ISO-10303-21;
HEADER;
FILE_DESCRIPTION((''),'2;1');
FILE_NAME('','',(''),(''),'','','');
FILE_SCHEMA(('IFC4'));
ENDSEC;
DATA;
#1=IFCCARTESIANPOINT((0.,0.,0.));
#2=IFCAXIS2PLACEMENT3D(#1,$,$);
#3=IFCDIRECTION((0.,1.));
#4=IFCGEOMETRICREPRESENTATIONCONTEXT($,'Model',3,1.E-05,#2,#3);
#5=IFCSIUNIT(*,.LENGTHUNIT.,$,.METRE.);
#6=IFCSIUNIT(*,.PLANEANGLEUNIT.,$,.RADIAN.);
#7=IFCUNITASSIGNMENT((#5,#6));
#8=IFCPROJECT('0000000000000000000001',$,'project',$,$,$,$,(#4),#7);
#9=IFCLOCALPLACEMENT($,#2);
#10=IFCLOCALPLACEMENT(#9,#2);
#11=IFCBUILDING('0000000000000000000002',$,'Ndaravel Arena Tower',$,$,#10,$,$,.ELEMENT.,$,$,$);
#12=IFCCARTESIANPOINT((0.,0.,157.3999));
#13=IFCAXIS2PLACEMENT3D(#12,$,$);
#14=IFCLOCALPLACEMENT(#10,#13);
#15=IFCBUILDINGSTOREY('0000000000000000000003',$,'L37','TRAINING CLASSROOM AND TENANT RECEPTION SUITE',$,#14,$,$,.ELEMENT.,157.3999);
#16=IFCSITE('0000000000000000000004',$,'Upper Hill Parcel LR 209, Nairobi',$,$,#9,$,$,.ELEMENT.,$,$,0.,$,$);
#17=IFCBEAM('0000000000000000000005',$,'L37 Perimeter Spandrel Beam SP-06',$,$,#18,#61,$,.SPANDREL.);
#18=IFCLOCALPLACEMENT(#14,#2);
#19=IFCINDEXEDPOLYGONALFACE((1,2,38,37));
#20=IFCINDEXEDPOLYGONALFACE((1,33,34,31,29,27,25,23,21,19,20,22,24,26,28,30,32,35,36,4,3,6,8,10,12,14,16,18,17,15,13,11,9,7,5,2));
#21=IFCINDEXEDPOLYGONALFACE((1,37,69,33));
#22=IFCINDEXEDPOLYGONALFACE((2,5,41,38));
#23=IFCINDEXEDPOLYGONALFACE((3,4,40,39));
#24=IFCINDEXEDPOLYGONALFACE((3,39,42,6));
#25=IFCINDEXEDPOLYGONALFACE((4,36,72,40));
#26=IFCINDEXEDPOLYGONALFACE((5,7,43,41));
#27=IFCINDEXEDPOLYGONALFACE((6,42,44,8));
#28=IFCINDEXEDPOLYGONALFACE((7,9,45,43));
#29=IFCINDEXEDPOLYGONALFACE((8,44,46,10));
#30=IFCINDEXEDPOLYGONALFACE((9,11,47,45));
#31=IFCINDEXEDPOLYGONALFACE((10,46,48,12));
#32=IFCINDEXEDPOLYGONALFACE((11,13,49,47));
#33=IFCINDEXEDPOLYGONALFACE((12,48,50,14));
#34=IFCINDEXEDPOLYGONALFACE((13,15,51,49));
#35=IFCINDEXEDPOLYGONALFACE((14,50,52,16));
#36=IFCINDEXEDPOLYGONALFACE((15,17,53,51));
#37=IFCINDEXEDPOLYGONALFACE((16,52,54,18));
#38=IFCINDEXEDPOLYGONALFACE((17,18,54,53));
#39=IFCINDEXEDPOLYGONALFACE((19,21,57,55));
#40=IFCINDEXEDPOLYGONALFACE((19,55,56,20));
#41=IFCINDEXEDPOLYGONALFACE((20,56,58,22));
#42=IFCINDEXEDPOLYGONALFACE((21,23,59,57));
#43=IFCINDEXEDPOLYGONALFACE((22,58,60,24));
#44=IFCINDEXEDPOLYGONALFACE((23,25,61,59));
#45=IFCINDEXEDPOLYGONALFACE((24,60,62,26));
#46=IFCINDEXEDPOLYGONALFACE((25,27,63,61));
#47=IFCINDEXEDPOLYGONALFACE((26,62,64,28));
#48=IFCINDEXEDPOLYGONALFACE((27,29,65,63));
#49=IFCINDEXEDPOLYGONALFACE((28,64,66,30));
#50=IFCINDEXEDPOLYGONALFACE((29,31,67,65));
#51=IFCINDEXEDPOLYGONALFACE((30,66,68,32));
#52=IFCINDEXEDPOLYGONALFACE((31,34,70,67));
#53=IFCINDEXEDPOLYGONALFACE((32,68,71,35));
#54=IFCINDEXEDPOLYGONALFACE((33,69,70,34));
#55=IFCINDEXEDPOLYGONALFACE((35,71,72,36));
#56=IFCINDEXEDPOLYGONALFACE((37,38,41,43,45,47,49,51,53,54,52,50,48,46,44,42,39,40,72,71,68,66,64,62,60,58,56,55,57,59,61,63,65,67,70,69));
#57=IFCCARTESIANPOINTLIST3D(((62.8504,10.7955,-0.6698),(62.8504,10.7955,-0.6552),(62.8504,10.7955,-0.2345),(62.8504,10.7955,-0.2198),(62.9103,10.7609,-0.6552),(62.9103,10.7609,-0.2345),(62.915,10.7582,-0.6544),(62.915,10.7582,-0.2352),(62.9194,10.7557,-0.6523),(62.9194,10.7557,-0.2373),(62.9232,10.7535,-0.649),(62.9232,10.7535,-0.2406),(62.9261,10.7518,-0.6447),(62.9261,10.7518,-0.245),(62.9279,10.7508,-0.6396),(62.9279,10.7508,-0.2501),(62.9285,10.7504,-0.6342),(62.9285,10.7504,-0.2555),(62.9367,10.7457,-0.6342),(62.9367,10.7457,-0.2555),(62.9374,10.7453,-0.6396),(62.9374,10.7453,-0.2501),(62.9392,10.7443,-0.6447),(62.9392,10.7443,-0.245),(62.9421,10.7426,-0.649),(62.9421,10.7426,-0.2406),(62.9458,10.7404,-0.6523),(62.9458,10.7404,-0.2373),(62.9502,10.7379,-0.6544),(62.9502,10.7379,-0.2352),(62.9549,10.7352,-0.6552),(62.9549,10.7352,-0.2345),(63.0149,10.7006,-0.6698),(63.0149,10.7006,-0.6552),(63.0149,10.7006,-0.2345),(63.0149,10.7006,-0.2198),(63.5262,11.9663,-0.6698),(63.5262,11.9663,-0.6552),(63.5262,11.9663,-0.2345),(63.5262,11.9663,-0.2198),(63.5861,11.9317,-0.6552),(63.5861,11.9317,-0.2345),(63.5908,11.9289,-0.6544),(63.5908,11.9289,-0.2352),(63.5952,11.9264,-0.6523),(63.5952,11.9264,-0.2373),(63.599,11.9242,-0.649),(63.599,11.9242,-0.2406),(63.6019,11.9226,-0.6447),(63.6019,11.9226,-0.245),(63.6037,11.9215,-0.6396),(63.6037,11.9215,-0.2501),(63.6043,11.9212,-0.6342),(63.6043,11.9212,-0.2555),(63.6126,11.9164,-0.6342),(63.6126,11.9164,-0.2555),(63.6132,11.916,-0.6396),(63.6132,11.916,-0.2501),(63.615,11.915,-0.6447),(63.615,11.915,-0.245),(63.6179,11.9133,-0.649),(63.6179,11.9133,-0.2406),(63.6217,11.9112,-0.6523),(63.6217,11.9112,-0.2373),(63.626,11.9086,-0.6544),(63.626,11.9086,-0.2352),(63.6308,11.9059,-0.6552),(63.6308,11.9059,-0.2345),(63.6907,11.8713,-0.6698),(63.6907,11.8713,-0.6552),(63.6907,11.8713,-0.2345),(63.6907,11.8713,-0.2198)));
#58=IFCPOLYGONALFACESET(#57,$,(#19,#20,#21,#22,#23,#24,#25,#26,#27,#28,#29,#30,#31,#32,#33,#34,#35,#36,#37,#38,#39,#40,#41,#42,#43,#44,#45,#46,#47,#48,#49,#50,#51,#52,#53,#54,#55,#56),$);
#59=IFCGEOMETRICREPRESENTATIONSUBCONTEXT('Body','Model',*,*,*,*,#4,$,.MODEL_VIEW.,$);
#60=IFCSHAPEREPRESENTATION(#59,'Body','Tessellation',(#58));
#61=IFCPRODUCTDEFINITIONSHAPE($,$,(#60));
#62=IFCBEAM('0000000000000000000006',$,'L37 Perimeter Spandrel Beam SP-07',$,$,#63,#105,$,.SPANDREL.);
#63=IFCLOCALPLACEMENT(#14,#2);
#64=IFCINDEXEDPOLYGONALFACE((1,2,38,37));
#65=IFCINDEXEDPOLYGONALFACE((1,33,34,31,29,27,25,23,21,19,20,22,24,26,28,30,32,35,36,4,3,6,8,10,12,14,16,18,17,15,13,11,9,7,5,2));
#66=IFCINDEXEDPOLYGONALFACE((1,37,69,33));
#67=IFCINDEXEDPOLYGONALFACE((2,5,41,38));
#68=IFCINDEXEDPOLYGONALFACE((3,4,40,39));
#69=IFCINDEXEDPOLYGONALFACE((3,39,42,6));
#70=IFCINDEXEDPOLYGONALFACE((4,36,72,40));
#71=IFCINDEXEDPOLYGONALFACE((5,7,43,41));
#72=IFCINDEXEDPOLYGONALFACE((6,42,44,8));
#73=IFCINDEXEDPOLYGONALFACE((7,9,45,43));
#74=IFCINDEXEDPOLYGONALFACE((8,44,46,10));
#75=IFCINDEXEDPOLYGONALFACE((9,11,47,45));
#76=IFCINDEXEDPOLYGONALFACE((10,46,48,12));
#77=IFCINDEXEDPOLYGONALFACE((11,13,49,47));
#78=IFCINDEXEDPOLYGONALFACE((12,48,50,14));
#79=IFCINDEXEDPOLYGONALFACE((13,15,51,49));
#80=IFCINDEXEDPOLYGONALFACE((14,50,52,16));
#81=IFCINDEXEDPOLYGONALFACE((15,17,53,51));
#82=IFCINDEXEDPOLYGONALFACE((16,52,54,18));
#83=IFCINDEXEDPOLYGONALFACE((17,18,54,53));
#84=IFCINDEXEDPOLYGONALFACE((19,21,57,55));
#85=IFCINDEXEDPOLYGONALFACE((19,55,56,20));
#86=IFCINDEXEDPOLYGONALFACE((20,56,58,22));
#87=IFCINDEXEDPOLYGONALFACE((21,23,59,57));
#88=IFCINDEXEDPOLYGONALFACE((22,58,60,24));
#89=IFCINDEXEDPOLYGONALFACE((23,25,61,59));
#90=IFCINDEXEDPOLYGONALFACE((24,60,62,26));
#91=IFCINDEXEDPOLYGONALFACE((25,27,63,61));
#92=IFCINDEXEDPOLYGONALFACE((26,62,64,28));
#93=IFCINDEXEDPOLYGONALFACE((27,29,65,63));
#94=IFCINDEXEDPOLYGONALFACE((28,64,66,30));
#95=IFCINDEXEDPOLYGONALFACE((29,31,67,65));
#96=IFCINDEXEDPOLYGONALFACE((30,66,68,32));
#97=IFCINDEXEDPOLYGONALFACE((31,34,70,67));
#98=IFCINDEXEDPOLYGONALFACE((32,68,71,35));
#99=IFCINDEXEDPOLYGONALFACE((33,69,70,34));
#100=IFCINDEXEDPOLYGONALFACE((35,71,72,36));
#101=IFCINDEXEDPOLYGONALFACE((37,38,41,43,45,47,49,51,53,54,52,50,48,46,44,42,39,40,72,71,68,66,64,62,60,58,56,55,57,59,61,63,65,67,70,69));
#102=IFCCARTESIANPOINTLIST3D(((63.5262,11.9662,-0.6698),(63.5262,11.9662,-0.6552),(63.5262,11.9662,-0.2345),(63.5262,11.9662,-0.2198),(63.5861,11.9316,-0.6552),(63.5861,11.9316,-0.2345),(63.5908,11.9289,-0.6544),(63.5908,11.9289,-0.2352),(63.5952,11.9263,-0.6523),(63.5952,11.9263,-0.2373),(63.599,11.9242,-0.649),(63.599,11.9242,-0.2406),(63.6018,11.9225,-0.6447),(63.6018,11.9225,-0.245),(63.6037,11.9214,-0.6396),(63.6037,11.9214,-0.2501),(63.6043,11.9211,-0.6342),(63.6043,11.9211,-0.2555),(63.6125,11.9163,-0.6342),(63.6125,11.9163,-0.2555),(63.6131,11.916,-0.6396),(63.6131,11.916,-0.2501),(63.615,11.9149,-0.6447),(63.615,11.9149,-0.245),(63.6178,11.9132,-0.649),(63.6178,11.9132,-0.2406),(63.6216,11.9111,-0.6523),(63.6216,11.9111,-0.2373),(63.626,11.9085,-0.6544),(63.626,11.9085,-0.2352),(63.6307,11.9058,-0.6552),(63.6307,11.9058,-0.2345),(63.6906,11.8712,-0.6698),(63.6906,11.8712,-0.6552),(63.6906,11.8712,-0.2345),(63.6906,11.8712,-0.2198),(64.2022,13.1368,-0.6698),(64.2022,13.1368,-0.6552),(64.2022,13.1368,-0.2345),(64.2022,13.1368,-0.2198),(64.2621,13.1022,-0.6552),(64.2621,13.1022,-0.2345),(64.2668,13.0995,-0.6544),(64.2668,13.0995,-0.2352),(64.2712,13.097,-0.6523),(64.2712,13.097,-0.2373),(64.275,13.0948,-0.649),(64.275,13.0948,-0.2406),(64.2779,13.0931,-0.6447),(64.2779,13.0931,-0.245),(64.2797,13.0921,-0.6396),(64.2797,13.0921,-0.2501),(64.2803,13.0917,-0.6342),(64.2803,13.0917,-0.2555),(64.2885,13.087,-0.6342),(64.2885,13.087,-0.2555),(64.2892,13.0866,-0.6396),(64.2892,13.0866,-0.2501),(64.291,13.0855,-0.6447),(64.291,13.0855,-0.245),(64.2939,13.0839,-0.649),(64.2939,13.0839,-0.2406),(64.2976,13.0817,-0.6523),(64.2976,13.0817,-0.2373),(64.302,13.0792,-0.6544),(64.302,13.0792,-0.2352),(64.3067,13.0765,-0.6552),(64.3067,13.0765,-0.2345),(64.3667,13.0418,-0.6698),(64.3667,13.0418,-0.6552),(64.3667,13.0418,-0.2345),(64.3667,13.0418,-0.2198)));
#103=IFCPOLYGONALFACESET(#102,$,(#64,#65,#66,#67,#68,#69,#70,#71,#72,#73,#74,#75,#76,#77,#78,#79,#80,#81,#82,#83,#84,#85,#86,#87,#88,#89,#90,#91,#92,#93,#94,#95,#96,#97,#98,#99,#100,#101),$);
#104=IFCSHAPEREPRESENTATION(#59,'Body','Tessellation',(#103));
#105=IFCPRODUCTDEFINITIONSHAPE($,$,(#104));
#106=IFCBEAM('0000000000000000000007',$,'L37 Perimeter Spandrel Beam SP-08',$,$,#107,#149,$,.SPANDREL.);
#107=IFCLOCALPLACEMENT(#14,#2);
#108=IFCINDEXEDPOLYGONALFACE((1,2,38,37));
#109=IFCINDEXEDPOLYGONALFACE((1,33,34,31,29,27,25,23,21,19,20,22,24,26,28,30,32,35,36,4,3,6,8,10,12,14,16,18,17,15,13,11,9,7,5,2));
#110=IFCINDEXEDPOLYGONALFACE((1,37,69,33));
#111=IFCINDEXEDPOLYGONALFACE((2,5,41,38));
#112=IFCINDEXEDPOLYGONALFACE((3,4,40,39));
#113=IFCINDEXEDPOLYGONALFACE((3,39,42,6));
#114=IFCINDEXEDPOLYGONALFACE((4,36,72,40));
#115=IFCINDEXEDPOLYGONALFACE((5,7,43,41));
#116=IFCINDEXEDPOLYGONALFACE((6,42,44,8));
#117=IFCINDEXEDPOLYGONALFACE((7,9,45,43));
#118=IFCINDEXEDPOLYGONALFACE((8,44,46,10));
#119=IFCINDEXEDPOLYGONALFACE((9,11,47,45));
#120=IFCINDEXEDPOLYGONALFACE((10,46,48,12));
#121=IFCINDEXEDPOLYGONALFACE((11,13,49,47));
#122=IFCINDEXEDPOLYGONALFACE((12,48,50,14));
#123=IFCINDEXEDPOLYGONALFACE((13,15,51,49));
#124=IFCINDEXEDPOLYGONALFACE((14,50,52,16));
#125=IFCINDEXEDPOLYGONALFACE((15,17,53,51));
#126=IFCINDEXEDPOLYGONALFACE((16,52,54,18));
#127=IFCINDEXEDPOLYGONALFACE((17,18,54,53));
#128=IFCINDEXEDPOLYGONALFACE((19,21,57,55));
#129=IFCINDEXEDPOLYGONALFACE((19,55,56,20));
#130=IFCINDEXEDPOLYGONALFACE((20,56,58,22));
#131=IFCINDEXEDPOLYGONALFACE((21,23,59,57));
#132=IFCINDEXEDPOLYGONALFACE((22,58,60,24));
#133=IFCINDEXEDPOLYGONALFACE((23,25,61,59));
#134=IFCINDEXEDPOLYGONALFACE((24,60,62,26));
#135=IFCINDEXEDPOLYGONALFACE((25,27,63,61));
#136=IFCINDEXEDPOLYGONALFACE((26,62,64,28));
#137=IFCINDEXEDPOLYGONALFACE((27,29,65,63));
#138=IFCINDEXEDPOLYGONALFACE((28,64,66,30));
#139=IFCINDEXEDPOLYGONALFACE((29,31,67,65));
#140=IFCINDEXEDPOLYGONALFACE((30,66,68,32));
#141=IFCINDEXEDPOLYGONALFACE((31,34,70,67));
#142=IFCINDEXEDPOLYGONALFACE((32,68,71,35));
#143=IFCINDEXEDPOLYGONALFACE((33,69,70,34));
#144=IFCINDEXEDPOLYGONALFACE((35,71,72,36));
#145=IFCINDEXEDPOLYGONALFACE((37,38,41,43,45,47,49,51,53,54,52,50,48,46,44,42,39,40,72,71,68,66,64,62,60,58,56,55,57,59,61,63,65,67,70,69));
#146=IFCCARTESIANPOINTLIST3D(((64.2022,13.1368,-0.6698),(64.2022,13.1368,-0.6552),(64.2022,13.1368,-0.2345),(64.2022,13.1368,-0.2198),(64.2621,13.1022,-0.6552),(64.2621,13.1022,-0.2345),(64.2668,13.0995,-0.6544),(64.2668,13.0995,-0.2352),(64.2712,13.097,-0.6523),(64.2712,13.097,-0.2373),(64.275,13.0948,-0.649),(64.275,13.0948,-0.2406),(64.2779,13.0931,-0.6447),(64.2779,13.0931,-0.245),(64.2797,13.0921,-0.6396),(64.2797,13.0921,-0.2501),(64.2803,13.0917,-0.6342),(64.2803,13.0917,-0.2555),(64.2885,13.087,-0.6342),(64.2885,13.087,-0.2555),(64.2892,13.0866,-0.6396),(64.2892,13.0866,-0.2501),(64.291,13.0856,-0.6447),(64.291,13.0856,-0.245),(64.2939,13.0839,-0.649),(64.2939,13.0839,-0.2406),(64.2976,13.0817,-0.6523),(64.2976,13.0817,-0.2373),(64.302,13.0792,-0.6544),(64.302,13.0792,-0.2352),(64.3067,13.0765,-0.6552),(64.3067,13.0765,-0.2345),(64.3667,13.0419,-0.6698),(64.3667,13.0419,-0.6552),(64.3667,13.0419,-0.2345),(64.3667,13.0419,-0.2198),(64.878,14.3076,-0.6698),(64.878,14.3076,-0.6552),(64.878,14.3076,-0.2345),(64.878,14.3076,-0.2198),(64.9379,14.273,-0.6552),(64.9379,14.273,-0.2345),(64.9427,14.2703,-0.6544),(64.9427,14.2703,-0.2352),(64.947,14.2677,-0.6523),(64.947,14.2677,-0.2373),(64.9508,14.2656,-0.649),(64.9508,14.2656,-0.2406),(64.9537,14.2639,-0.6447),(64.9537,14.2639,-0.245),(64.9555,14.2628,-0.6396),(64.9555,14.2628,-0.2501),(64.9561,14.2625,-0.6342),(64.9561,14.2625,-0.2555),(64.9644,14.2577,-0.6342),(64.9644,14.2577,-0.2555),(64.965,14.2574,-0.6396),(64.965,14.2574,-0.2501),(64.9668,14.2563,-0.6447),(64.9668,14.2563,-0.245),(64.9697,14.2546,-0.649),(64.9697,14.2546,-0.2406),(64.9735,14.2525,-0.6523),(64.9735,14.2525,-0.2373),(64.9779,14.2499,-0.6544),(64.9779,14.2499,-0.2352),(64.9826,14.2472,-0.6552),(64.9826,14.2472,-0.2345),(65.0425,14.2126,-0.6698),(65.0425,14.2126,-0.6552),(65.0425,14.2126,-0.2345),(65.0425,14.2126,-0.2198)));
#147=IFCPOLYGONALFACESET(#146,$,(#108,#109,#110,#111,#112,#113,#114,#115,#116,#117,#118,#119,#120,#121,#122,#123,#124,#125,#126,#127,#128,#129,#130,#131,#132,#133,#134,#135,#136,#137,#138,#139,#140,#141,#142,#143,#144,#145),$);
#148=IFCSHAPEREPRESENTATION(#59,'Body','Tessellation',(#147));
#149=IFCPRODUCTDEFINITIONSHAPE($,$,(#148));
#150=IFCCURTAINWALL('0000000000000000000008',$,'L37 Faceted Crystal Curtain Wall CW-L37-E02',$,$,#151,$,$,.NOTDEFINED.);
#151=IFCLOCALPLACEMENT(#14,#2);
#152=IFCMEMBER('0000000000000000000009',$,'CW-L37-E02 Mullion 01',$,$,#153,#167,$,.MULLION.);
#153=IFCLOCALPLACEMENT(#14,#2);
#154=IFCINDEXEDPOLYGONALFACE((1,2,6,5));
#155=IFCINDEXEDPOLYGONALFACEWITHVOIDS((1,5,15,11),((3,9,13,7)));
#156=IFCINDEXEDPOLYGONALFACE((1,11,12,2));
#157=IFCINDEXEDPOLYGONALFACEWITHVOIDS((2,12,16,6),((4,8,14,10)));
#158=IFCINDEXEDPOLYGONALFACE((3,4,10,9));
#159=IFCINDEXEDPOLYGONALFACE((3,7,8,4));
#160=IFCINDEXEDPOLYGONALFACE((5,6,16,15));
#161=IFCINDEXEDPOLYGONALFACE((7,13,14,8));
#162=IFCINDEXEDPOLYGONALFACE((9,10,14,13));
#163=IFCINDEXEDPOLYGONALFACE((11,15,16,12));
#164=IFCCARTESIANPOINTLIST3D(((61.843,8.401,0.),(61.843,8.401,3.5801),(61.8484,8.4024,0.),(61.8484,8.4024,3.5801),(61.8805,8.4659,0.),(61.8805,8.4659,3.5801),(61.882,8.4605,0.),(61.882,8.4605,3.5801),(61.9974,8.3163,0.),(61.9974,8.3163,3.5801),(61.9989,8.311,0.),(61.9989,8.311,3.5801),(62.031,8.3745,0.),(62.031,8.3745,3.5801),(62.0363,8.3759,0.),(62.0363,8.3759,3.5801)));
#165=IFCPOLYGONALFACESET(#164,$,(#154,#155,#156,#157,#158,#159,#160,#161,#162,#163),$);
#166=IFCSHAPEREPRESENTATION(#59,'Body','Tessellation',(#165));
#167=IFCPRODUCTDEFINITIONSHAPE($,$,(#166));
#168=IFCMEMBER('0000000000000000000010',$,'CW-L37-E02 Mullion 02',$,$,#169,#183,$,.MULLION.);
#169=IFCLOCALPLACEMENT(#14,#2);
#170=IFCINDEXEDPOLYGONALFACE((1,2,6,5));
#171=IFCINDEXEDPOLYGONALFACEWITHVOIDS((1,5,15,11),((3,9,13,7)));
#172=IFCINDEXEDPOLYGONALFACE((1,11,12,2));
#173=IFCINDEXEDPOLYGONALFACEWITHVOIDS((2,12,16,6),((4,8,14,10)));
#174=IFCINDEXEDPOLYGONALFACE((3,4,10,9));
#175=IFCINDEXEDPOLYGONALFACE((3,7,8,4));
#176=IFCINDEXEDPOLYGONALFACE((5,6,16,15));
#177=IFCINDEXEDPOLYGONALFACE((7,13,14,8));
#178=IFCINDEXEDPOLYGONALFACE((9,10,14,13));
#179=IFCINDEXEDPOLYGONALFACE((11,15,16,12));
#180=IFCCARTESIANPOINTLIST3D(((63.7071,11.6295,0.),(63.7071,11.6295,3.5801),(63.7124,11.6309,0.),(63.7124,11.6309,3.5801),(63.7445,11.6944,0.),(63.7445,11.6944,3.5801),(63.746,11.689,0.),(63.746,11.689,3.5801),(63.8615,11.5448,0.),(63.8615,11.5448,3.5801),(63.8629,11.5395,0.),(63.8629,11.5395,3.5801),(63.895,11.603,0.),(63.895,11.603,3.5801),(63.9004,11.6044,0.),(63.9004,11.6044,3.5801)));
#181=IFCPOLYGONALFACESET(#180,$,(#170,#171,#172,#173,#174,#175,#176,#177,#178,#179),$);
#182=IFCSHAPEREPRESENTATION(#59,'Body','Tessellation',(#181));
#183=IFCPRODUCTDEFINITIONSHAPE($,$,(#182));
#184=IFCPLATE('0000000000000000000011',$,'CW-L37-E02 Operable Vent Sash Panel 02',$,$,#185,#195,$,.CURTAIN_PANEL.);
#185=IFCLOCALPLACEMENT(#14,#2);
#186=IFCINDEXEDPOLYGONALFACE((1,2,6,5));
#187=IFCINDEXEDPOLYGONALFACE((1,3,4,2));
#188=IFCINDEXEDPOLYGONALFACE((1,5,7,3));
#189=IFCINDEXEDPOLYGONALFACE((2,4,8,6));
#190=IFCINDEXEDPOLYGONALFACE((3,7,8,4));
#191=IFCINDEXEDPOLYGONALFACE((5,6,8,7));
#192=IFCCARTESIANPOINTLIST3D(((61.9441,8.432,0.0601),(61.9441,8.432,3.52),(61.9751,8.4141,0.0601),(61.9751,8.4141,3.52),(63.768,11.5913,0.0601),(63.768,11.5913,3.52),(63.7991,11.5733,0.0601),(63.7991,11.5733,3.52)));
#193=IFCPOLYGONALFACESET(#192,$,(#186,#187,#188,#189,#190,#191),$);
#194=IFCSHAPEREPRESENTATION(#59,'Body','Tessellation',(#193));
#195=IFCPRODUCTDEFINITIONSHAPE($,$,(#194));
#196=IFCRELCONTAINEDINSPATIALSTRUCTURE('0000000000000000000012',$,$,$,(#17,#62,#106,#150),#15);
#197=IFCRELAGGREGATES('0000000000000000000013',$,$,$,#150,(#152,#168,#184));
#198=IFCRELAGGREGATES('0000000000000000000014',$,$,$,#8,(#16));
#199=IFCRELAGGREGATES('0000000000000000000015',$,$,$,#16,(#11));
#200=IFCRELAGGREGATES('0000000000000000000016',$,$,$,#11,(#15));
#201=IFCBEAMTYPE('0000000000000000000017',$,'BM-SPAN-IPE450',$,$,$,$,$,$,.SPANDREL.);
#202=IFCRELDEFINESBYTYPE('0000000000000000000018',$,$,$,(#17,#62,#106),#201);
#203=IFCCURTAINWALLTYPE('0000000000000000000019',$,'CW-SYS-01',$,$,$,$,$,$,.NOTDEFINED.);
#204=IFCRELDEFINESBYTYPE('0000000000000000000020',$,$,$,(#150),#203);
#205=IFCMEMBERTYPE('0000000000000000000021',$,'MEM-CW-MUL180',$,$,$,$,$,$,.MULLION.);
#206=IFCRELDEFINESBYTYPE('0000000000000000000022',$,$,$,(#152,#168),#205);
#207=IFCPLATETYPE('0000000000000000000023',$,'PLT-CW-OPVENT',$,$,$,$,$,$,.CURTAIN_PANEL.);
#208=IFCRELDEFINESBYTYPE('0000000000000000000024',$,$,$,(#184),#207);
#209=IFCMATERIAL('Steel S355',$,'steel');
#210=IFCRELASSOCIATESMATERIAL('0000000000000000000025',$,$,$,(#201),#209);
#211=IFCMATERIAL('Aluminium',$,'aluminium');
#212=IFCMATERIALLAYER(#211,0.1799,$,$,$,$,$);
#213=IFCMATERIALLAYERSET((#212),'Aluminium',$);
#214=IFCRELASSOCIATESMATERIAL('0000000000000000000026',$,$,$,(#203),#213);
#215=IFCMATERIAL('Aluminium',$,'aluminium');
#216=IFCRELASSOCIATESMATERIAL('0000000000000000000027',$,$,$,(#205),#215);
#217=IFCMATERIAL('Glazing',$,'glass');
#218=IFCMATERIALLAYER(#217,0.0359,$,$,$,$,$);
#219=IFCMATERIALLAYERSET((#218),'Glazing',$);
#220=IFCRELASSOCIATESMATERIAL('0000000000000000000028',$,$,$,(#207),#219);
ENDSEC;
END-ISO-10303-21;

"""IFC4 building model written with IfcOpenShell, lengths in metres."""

from ifc_helpers import new_model, si_unit, direction, frame, origin, origin_2d, place, context, subcontext, project, spatial, rectangle, hollow_rectangle, i_section, extrude, material, layer, layer_set, material_profile, profile_set, type_object, element, aggregate, save


model = new_model("IFC4")

# Units and contexts
model_context = context("Model", 3, precision=1e-05, world=origin(), true_north=direction((0.0, 1.0)))
body_context = subcontext(model_context, "Body", "Model", "MODEL_VIEW")
ifc_project = project(units=[si_unit("LENGTHUNIT", "METRE"), si_unit("PLANEANGLEUNIT", "RADIAN")], contexts=[model_context])

# Site, building, storey
site_placement = place(None, origin())
site = spatial("IfcSite", under=ifc_project, at=site_placement, Name="Upper Hill Parcel LR 209, Nairobi", CompositionType="ELEMENT", RefElevation=0.0)
building_placement = place(site_placement, origin())
building = spatial("IfcBuilding", under=site, at=building_placement, Name="Ndaravel Arena Tower", CompositionType="ELEMENT")
storey_placement = place(building_placement, frame((0.0, 0.0, 157.3999)))
storey = spatial("IfcBuildingStorey", under=building, at=storey_placement, Name="L37", Description="TRAINING CLASSROOM AND TENANT RECEPTION SUITE", CompositionType="ELEMENT", Elevation=157.3999)

# Beams
ifc_material_1 = material(Name="Steel S355", Category="steel")
ifc_material_profile_1 = material_profile(ifc_material_1, i_section(OverallWidth=0.1899, OverallDepth=0.45, WebThickness=0.0095, FlangeThickness=0.0146, FilletRadius=0.021, at=origin_2d()), Name="IPE 450")
ifc_profile_set_1 = profile_set([ifc_material_profile_1], Name="Steel S355")
beam_type = type_object("IfcBeamType", Name="BM-SPAN-IPE450", PredefinedType="SPANDREL", material=ifc_profile_set_1)
for number, where, z_axis, x_axis, name in (
    (1, (62.9326, 10.748, -0.4448), (0.499947, 0.866056, 0.0), (-0.866056, 0.499947, 0.0), "L37 Perimeter Spandrel Beam SP-06"),
    (2, (63.6084, 11.9187, -0.4448), (0.500082, 0.865978, 0.0), (-0.865978, 0.500082, 0.0), "L37 Perimeter Spandrel Beam SP-07"),
    (3, (64.2844, 13.0894, -0.4448), (0.499947, 0.866056, 0.0), (-0.866056, 0.499947, 0.0), "L37 Perimeter Spandrel Beam SP-08"),
):
    element("IfcBeam", number, at=place(storey_placement, frame(where, z_axis=z_axis, x_axis=x_axis)), inside=storey, type_object=beam_type, Name=name, PredefinedType="SPANDREL", context=body_context, shape_type="SweptSolid", body=[
        extrude(i_section(OverallWidth=0.1899, OverallDepth=0.45, WebThickness=0.0095, FlangeThickness=0.0146, FilletRadius=0.021, at=origin_2d()), origin(), (0.0, 0.0, 1.0), 1.3518),
    ])

# Curtain wall, members, plate
ifc_material_2 = material(Name="Aluminium", Category="aluminium")
ifc_layer_1 = layer(ifc_material_2, 0.1799)
ifc_layer_set_1 = layer_set([ifc_layer_1], Name="Aluminium")
curtain_wall_type = type_object("IfcCurtainWallType", Name="CW-SYS-01", PredefinedType="NOTDEFINED", material=ifc_layer_set_1)
curtain_wall_placement = place(storey_placement, origin())
curtain_wall = element("IfcCurtainWall", 4, at=curtain_wall_placement, inside=storey, type_object=curtain_wall_type, Name="L37 Faceted Crystal Curtain Wall CW-L37-E02", PredefinedType="NOTDEFINED")
ifc_material_3 = material(Name="Aluminium", Category="aluminium")
ifc_material_profile_2 = material_profile(ifc_material_3, hollow_rectangle(XDim=0.075, YDim=0.1799, WallThickness=0.0039, at=origin_2d()), Name="CW MULLION 75x180x4")
ifc_profile_set_2 = profile_set([ifc_material_profile_2], Name="Aluminium")
member_type = type_object("IfcMemberType", Name="MEM-CW-MUL180", PredefinedType="MULLION", material=ifc_profile_set_2)
member_1_placement = place(storey_placement, frame((61.9397, 8.3884, 0.0), z_axis=(0.0, 0.0, 1.0), x_axis=(0.5, 0.866025, 0.0)))
member_1 = element("IfcMember", 5, at=member_1_placement, type_object=member_type, Name="CW-L37-E02 Mullion 01", PredefinedType="MULLION", context=body_context, shape_type="SweptSolid", body=[
    extrude(hollow_rectangle(XDim=0.075, YDim=0.1799, WallThickness=0.0039, at=origin_2d()), origin(), (0.0, 0.0, 1.0), 3.5801),
])
member_2_placement = place(storey_placement, frame((63.8037, 11.6169, 0.0), z_axis=(0.0, 0.0, 1.0), x_axis=(0.5, 0.866025, 0.0)))
member_2 = element("IfcMember", 6, at=member_2_placement, type_object=member_type, Name="CW-L37-E02 Mullion 02", PredefinedType="MULLION", context=body_context, shape_type="SweptSolid", body=[
    extrude(hollow_rectangle(XDim=0.075, YDim=0.1799, WallThickness=0.0039, at=origin_2d()), origin(), (0.0, 0.0, 1.0), 3.5801),
])
ifc_material_4 = material(Name="Glazing", Category="glass")
ifc_layer_2 = layer(ifc_material_4, 0.0359)
ifc_layer_set_2 = layer_set([ifc_layer_2], Name="Glazing")
plate_type_1 = type_object("IfcPlateType", Name="PLT-CW-OPVENT", PredefinedType="CURTAIN_PANEL", material=ifc_layer_set_2)
plate_1_placement = place(storey_placement, frame((62.8716, 10.0027, 0.0601), z_axis=(0.0, 0.0, 1.0), x_axis=(0.5, 0.866025, 0.0)))
plate_1 = element("IfcPlate", 7, at=plate_1_placement, type_object=plate_type_1, Name="CW-L37-E02 Operable Vent Sash Panel 02", PredefinedType="CURTAIN_PANEL", context=body_context, shape_type="SweptSolid", body=[
    extrude(rectangle(XDim=3.6479, YDim=0.0359, at=origin_2d()), origin(), (0.0, 0.0, 1.0), 3.46),
])
aggregate(curtain_wall, [member_1, member_2, plate_1])

save(model, "model.ifc")
